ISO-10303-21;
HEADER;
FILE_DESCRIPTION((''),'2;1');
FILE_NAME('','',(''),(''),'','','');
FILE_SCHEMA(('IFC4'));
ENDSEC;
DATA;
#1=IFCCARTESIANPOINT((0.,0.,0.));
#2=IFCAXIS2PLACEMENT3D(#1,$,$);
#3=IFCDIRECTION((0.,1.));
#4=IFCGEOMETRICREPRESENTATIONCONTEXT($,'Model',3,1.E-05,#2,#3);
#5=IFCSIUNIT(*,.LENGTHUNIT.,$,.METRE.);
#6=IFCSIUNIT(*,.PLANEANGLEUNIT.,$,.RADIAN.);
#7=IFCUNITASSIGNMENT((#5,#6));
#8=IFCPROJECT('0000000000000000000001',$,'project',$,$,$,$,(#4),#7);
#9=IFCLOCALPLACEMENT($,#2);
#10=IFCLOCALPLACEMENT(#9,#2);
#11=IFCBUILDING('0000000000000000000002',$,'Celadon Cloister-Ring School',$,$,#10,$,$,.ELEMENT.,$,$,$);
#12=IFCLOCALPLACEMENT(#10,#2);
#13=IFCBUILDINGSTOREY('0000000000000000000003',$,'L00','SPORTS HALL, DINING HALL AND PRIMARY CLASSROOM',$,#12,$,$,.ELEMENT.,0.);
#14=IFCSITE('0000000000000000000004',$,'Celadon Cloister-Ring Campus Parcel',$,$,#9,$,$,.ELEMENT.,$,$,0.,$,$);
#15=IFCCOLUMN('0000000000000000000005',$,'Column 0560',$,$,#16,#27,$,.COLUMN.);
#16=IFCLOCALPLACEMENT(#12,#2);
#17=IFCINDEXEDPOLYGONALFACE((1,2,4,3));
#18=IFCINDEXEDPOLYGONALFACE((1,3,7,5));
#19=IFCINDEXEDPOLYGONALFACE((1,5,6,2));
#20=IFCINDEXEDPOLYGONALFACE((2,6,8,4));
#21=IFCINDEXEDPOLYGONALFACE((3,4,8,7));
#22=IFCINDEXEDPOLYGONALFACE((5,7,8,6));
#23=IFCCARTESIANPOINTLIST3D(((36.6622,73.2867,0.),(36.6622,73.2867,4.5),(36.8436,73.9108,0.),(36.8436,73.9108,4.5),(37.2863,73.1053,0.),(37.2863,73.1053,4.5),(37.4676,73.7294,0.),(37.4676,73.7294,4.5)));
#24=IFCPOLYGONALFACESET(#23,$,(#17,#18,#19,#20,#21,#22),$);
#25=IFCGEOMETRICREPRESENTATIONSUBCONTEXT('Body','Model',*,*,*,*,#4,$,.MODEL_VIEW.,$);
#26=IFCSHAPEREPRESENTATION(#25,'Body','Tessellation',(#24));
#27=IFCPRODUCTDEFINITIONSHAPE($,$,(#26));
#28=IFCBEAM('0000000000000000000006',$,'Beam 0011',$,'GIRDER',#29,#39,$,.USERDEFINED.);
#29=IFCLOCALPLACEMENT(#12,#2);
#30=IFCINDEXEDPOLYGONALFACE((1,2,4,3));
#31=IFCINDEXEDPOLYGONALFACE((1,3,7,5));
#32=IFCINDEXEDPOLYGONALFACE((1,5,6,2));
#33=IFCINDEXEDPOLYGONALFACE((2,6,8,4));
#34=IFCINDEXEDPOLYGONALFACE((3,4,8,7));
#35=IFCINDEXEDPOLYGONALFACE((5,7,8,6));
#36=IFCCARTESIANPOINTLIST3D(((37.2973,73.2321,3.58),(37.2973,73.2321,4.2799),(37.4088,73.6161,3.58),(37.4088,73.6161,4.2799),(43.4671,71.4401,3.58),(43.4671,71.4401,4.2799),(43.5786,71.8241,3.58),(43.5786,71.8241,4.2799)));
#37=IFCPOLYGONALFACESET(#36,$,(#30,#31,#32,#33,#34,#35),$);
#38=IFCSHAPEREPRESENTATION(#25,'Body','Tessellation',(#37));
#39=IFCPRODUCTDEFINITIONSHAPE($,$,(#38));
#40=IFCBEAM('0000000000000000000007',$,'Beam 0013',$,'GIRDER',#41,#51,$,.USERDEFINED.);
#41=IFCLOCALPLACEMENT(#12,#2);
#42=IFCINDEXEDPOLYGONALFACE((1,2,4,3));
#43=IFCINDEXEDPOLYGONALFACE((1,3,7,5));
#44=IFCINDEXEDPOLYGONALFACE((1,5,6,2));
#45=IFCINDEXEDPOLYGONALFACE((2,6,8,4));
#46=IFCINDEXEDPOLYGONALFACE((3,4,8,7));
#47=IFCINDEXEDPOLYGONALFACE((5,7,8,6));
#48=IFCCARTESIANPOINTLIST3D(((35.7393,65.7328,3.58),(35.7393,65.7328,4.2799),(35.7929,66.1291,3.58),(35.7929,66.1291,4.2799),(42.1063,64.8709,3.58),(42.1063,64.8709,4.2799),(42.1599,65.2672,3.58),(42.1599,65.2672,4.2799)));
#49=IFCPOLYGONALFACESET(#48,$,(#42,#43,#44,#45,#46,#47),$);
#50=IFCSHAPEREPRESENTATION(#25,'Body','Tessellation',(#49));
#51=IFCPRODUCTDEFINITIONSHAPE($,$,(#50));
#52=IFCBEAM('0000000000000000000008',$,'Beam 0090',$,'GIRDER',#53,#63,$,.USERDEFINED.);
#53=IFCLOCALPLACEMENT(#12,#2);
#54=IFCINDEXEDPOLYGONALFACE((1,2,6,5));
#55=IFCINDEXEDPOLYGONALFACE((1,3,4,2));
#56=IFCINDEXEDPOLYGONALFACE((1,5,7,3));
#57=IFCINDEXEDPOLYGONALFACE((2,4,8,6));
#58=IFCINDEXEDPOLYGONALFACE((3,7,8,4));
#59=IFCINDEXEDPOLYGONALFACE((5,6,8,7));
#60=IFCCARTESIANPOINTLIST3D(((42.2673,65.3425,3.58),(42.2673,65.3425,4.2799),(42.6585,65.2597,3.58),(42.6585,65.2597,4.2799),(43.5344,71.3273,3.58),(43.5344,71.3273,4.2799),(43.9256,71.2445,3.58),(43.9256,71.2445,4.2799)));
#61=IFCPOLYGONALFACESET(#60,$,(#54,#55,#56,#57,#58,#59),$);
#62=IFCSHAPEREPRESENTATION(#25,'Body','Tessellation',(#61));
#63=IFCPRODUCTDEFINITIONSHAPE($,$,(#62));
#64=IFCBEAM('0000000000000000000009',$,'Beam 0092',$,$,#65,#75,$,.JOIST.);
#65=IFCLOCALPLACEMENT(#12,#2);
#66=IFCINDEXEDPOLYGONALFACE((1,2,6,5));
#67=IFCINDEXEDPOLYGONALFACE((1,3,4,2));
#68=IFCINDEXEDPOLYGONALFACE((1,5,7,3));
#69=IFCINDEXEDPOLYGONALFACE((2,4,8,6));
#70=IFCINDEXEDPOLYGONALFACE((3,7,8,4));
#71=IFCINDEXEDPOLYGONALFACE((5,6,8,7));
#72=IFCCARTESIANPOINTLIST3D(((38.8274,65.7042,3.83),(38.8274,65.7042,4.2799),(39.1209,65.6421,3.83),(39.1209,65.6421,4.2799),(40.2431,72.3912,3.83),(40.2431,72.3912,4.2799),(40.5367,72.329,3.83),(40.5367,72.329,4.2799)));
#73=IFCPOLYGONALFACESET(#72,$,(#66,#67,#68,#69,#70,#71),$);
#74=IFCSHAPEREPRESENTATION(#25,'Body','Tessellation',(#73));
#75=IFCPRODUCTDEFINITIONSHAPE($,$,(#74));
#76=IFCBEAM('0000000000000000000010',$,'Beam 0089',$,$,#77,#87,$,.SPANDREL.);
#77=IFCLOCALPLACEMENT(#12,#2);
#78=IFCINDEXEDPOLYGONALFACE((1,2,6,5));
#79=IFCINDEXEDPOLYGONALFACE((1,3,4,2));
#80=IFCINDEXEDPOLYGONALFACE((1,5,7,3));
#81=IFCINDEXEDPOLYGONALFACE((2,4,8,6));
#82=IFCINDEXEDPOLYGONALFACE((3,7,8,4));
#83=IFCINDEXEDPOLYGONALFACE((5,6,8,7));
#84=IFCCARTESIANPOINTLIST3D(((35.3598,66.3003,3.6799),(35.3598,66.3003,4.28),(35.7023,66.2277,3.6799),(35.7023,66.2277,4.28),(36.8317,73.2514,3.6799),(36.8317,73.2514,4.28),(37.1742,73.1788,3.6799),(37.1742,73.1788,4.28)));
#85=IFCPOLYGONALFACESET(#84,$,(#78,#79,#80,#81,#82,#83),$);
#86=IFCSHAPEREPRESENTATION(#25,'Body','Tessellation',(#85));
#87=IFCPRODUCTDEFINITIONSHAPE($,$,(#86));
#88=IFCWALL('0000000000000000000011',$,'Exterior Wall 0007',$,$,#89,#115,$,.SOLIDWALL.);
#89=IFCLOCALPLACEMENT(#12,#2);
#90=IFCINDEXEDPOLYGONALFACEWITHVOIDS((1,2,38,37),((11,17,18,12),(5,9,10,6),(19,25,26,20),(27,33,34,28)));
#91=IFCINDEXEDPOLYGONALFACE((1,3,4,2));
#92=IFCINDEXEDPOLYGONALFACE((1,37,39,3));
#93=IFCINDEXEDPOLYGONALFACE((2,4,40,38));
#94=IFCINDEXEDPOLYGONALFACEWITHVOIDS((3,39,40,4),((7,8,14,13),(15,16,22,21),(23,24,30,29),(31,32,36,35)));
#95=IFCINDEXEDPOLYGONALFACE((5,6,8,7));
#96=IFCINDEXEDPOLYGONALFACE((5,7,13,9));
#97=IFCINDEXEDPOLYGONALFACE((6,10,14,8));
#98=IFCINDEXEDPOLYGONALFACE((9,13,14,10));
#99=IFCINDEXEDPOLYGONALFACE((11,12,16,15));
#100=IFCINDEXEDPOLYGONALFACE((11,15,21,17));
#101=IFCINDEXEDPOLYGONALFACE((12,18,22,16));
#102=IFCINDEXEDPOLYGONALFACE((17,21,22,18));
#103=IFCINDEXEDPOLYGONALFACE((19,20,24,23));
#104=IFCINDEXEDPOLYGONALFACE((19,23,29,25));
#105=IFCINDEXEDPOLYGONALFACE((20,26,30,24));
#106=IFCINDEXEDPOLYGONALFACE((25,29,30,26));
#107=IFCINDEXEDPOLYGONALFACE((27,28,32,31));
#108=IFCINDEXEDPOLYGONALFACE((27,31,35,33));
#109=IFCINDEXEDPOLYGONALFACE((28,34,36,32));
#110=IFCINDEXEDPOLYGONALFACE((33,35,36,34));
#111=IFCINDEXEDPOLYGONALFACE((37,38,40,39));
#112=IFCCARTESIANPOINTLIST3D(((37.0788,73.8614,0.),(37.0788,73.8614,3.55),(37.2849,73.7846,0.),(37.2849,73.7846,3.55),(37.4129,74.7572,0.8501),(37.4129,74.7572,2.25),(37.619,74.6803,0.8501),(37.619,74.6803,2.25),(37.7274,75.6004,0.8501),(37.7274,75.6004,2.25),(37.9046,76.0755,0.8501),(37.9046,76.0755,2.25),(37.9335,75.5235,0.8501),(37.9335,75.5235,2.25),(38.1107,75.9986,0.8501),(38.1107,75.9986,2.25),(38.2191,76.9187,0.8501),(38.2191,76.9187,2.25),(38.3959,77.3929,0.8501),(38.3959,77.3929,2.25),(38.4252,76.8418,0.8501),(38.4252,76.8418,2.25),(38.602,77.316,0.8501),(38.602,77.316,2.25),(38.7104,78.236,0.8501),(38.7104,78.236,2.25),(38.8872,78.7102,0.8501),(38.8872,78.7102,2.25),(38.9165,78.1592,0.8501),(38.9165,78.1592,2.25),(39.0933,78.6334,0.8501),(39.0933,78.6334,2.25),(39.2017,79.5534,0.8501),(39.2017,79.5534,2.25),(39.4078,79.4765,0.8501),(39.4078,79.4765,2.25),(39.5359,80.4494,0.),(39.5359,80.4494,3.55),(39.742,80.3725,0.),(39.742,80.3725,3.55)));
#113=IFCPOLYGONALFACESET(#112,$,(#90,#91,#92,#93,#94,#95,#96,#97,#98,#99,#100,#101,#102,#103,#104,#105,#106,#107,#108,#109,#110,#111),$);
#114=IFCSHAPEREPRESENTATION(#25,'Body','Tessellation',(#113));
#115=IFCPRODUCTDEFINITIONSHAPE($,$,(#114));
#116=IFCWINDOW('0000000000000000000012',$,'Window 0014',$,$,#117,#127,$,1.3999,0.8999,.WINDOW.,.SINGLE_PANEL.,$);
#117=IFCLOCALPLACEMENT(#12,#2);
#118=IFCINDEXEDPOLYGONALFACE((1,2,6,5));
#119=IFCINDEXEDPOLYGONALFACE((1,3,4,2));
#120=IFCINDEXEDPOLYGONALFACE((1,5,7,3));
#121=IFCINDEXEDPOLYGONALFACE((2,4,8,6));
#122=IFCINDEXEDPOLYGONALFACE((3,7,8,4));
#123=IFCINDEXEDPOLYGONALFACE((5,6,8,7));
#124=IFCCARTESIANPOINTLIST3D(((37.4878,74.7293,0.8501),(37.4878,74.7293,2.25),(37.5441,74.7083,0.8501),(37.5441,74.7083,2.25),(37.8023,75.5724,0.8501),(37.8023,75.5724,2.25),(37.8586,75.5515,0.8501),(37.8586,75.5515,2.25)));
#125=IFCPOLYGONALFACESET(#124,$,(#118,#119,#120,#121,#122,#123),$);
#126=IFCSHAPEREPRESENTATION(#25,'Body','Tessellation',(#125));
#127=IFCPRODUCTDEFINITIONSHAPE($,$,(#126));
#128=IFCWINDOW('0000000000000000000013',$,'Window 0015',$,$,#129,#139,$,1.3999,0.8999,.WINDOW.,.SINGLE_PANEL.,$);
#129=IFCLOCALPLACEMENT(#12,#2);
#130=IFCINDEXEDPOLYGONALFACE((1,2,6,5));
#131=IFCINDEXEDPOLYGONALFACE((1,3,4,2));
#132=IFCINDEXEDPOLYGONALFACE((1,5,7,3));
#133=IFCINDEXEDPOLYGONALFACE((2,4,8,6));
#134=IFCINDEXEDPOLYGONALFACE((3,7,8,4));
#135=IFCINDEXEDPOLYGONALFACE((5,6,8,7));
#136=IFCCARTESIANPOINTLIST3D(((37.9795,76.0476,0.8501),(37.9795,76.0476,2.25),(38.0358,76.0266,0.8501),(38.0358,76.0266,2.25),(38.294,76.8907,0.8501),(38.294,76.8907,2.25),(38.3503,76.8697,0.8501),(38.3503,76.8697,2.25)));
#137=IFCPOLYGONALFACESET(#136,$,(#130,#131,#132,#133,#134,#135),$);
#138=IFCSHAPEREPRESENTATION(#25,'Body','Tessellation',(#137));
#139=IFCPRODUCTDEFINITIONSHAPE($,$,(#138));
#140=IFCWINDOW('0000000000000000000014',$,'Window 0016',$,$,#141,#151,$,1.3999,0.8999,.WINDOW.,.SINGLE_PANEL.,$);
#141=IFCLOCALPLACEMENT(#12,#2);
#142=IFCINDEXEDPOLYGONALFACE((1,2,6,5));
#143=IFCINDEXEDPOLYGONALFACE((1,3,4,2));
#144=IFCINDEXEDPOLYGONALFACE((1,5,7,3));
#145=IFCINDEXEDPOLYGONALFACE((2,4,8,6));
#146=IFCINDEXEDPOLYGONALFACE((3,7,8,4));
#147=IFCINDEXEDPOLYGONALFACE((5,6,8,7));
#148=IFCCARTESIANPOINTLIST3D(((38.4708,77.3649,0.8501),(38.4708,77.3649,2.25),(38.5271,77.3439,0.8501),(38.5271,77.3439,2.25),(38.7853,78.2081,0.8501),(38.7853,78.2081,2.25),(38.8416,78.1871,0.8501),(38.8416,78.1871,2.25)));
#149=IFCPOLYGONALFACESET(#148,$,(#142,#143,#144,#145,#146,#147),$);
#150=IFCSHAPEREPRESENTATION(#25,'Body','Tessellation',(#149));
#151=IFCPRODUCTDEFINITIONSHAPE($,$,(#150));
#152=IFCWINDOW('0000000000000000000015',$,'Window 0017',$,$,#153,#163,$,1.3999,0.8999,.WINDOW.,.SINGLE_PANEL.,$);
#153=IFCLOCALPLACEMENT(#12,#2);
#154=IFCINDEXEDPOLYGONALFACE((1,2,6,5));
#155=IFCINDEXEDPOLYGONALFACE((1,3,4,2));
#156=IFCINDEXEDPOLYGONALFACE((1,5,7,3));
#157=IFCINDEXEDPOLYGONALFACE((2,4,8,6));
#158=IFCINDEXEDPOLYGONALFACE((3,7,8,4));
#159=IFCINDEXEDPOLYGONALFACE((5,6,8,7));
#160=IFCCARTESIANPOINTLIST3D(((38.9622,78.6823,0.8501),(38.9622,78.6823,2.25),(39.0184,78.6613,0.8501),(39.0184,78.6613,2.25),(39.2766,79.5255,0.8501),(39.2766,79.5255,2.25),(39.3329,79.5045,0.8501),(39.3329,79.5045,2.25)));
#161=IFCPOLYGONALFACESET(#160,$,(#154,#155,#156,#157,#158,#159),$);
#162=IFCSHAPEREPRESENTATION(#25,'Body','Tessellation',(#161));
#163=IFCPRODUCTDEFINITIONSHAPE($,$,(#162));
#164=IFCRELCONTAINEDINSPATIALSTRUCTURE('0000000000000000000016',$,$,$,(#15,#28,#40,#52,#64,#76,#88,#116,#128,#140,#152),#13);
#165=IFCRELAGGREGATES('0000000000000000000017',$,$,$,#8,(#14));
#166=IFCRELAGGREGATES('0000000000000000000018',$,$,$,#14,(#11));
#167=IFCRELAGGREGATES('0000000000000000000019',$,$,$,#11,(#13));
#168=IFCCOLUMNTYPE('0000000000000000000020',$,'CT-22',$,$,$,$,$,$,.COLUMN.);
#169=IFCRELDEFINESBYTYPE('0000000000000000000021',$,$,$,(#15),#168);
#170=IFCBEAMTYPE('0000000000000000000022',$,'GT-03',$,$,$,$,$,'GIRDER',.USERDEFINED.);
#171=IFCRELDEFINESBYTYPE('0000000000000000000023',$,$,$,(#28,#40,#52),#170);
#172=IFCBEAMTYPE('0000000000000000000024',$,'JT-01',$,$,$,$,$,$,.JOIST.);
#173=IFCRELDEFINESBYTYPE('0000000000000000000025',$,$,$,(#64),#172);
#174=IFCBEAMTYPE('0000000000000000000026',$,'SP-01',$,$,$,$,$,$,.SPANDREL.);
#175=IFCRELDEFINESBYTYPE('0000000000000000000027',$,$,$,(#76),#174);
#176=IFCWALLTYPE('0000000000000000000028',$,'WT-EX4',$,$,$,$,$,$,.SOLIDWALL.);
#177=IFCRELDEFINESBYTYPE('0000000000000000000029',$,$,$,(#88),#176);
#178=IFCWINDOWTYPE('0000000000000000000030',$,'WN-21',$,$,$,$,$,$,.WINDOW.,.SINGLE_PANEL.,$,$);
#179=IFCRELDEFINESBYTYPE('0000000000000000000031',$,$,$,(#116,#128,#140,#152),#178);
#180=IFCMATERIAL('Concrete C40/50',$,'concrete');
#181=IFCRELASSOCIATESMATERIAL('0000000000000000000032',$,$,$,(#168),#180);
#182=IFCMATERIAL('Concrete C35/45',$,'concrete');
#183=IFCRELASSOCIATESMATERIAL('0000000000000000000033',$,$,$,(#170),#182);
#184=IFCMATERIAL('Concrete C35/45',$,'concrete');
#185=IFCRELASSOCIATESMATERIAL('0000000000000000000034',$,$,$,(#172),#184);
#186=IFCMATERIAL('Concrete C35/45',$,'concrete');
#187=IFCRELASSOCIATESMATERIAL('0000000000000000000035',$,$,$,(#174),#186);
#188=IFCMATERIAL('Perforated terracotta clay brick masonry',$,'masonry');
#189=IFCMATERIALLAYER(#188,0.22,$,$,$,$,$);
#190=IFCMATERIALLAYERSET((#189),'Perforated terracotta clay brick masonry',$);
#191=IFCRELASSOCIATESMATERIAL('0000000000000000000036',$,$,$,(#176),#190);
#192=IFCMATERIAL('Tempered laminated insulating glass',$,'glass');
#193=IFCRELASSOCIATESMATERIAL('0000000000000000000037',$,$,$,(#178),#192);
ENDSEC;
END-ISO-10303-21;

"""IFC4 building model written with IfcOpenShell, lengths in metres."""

from ifc_helpers import new_model, si_unit, direction, frame, frame_2d, origin, origin_2d, place, context, subcontext, project, spatial, rectangle, extrude, material, layer, layer_set, material_profile, profile_set, type_object, element, fill, save


model = new_model("IFC4")

# Units and contexts
model_context = context("Model", 3, precision=1e-05, world=origin(), true_north=direction((0.0, 1.0)))
body_context = subcontext(model_context, "Body", "Model", "MODEL_VIEW")
ifc_project = project(units=[si_unit("LENGTHUNIT", "METRE"), si_unit("PLANEANGLEUNIT", "RADIAN")], contexts=[model_context])

# Site, building, storey
site_placement = place(None, origin())
site = spatial("IfcSite", under=ifc_project, at=site_placement, Name="Celadon Cloister-Ring Campus Parcel", CompositionType="ELEMENT", RefElevation=0.0)
building_placement = place(site_placement, origin())
building = spatial("IfcBuilding", under=site, at=building_placement, Name="Celadon Cloister-Ring School", CompositionType="ELEMENT")
storey_placement = place(building_placement, origin())
storey = spatial("IfcBuildingStorey", under=building, at=storey_placement, Name="L00", Description="SPORTS HALL, DINING HALL AND PRIMARY CLASSROOM", CompositionType="ELEMENT", Elevation=0.0)

# Column
ifc_material_1 = material(Name="Concrete C40/50", Category="concrete")
ifc_material_profile_1 = material_profile(ifc_material_1, rectangle(XDim=0.6499, YDim=0.6499, at=origin_2d()), Name="RC650X650")
ifc_profile_set_1 = profile_set([ifc_material_profile_1], Name="Concrete C40/50")
column_type = type_object("IfcColumnType", Name="CT-22", PredefinedType="COLUMN", material=ifc_profile_set_1)
column_placement = place(storey_placement, frame((37.0649, 73.5081, 0.0), z_axis=(0.0, 0.0, 1.0), x_axis=(-0.960294, 0.278991, 0.0)))
element("IfcColumn", 1, at=column_placement, inside=storey, type_object=column_type, Name="Column 0560", PredefinedType="COLUMN", context=body_context, shape_type="SweptSolid", body=[
    extrude(rectangle(XDim=0.6499, YDim=0.6499, at=origin_2d()), origin(), (0.0, 0.0, 1.0), 4.5),
])

# Beams
ifc_material_2 = material(Name="Concrete C35/45", Category="concrete")
ifc_material_profile_2 = material_profile(ifc_material_2, rectangle(XDim=0.3999, YDim=0.7, at=origin_2d()), Name="RC400X700")
ifc_profile_set_2 = profile_set([ifc_material_profile_2], Name="Concrete C35/45")
beam_type_1 = type_object("IfcBeamType", Name="GT-03", ElementType="GIRDER", PredefinedType="USERDEFINED", material=ifc_profile_set_2)
beam_1_placement = place(storey_placement, frame((37.353, 73.4241, 3.9299), z_axis=(0.960316, -0.278914, 0.0), x_axis=(0.278914, 0.960316, 0.0)))
element("IfcBeam", 2, at=beam_1_placement, inside=storey, type_object=beam_type_1, Name="Beam 0011", ObjectType="GIRDER", PredefinedType="USERDEFINED", context=body_context, shape_type="SweptSolid", body=[
    extrude(rectangle(XDim=0.3999, YDim=0.7, at=origin_2d()), origin(), (0.0, 0.0, 1.0), 6.4248),
])
beam_2_placement = place(storey_placement, frame((35.7661, 65.9309, 3.9299), z_axis=(0.990963, -0.134135, 0.0), x_axis=(0.134135, 0.990963, 0.0)))
element("IfcBeam", 3, at=beam_2_placement, inside=storey, type_object=beam_type_1, Name="Beam 0013", ObjectType="GIRDER", PredefinedType="USERDEFINED", context=body_context, shape_type="SweptSolid", body=[
    extrude(rectangle(XDim=0.3999, YDim=0.7, at=origin_2d()), origin(), (0.0, 0.0, 1.0), 6.425),
])
beam_3_placement = place(storey_placement, frame((43.73, 71.2859, 3.9299), z_axis=(-0.207125, -0.978315, 0.0), x_axis=(0.978315, -0.207125, 0.0)))
element("IfcBeam", 4, at=beam_3_placement, inside=storey, type_object=beam_type_1, Name="Beam 0090", ObjectType="GIRDER", PredefinedType="USERDEFINED", context=body_context, shape_type="SweptSolid", body=[
    extrude(rectangle(XDim=0.3999, YDim=0.7, at=origin_2d()), origin(), (0.0, 0.0, 1.0), 6.1174),
])
ifc_material_3 = material(Name="Concrete C35/45", Category="concrete")
ifc_material_profile_3 = material_profile(ifc_material_3, rectangle(XDim=0.3, YDim=0.45, at=origin_2d()), Name="RC300X450")
ifc_profile_set_3 = profile_set([ifc_material_profile_3], Name="Concrete C35/45")
beam_type_2 = type_object("IfcBeamType", Name="JT-01", PredefinedType="JOIST", material=ifc_profile_set_3)
beam_4_placement = place(storey_placement, frame((40.3899, 72.3601, 4.0549), z_axis=(-0.207128, -0.978314, 0.0), x_axis=(0.978314, -0.207128, 0.0)))
element("IfcBeam", 5, at=beam_4_placement, inside=storey, type_object=beam_type_2, Name="Beam 0092", PredefinedType="JOIST", context=body_context, shape_type="SweptSolid", body=[
    extrude(rectangle(XDim=0.3, YDim=0.45, at=origin_2d()), origin(), (0.0, 0.0, 1.0), 6.8352),
])
ifc_material_4 = material(Name="Concrete C35/45", Category="concrete")
ifc_material_profile_4 = material_profile(ifc_material_4, rectangle(XDim=0.3501, YDim=0.6001, at=origin_2d()), Name="RC350X600")
ifc_profile_set_4 = profile_set([ifc_material_profile_4], Name="Concrete C35/45")
beam_type_3 = type_object("IfcBeamType", Name="SP-01", PredefinedType="SPANDREL", material=ifc_profile_set_4)
beam_5_placement = place(storey_placement, frame((37.0029, 73.2151, 3.98), z_axis=(-0.207158, -0.978307, 0.0), x_axis=(0.978307, -0.207158, 0.0)))
element("IfcBeam", 6, at=beam_5_placement, inside=storey, type_object=beam_type_3, Name="Beam 0089", PredefinedType="SPANDREL", context=body_context, shape_type="SweptSolid", body=[
    extrude(rectangle(XDim=0.3501, YDim=0.6001, at=origin_2d()), origin(), (0.0, 0.0, 1.0), 7.1052),
])

# Wall, openings, windows
ifc_material_5 = material(Name="Perforated terracotta clay brick masonry", Category="masonry")
ifc_layer_1 = layer(ifc_material_5, 0.22)
ifc_layer_set_1 = layer_set([ifc_layer_1], Name="Perforated terracotta clay brick masonry")
wall_type_1 = type_object("IfcWallType", Name="WT-EX4", PredefinedType="SOLIDWALL", material=ifc_layer_set_1)
wall_1_placement = place(storey_placement, frame((37.1819, 73.823, 0.0), z_axis=(0.0, 0.0, 1.0), x_axis=(0.349449, 0.936956, 0.0)))
wall_1 = element("IfcWall", 7, at=wall_1_placement, inside=storey, type_object=wall_type_1, Name="Exterior Wall 0007", PredefinedType="SOLIDWALL", context=body_context, shape_type="SweptSolid", body=[
    extrude(rectangle(XDim=7.0312, YDim=0.22, at=frame_2d((3.5156, 0.0))), origin(), (0.0, 0.0, 1.0), 3.55),
])
opening_1_placement = place(wall_1_placement, frame((0.9561, 0.0, 0.8501)))
opening_1 = element("IfcOpeningElement", 8, at=opening_1_placement, cuts=wall_1, PredefinedType="OPENING", context=body_context, shape_type="SweptSolid", body=[
    extrude(rectangle(XDim=0.8999, YDim=1.3999, at=frame_2d((0.45, 0.7))), frame((0.0, 0.1201, 0.0), z_axis=(0.0, -1.0, 0.0), x_axis=(1.0, 0.0, 0.0)), (0.0, 0.0, 1.0), 0.24),
])
opening_2_placement = place(wall_1_placement, frame((2.363, 0.0, 0.8501)))
opening_2 = element("IfcOpeningElement", 9, at=opening_2_placement, cuts=wall_1, PredefinedType="OPENING", context=body_context, shape_type="SweptSolid", body=[
    extrude(rectangle(XDim=0.8999, YDim=1.3999, at=frame_2d((0.45, 0.7))), frame((0.0, 0.1201, 0.0), z_axis=(0.0, -1.0, 0.0), x_axis=(1.0, 0.0, 0.0)), (0.0, 0.0, 1.0), 0.24),
])
opening_3_placement = place(wall_1_placement, frame((3.769, 0.0, 0.8501)))
opening_3 = element("IfcOpeningElement", 10, at=opening_3_placement, cuts=wall_1, PredefinedType="OPENING", context=body_context, shape_type="SweptSolid", body=[
    extrude(rectangle(XDim=0.8999, YDim=1.3999, at=frame_2d((0.45, 0.7))), frame((0.0, 0.1201, 0.0), z_axis=(0.0, -1.0, 0.0), x_axis=(1.0, 0.0, 0.0)), (0.0, 0.0, 1.0), 0.24),
])
opening_4_placement = place(wall_1_placement, frame((5.175, 0.0, 0.8501)))
opening_4 = element("IfcOpeningElement", 11, at=opening_4_placement, cuts=wall_1, PredefinedType="OPENING", context=body_context, shape_type="SweptSolid", body=[
    extrude(rectangle(XDim=0.8999, YDim=1.3999, at=frame_2d((0.45, 0.7))), frame((0.0, 0.1201, 0.0), z_axis=(0.0, -1.0, 0.0), x_axis=(1.0, 0.0, 0.0)), (0.0, 0.0, 1.0), 0.24),
])
ifc_material_6 = material(Name="Tempered laminated insulating glass", Category="glass")
window_type = type_object("IfcWindowType", Name="WN-21", PartitioningType="SINGLE_PANEL", PredefinedType="WINDOW", material=ifc_material_6)
window_1_placement = place(opening_1_placement, origin())
window_1 = element("IfcWindow", 12, at=window_1_placement, inside=storey, type_object=window_type, Name="Window 0014", OverallHeight=1.3999, OverallWidth=0.8999, PartitioningType="SINGLE_PANEL", PredefinedType="WINDOW", context=body_context, shape_type="SweptSolid", body=[
    extrude(rectangle(XDim=0.8999, YDim=1.3999, at=frame_2d((0.45, 0.7))), frame((0.0, 0.03, 0.0), z_axis=(0.0, -1.0, 0.0), x_axis=(1.0, 0.0, 0.0)), (0.0, 0.0, 1.0), 0.0601),
])
fill(opening_1, window_1)
window_2_placement = place(opening_2_placement, origin())
window_2 = element("IfcWindow", 13, at=window_2_placement, inside=storey, type_object=window_type, Name="Window 0015", OverallHeight=1.3999, OverallWidth=0.8999, PartitioningType="SINGLE_PANEL", PredefinedType="WINDOW", context=body_context, shape_type="SweptSolid", body=[
    extrude(rectangle(XDim=0.8999, YDim=1.3999, at=frame_2d((0.45, 0.7))), frame((0.0, 0.03, 0.0), z_axis=(0.0, -1.0, 0.0), x_axis=(1.0, 0.0, 0.0)), (0.0, 0.0, 1.0), 0.0601),
])
fill(opening_2, window_2)
window_3_placement = place(opening_3_placement, origin())
window_3 = element("IfcWindow", 14, at=window_3_placement, inside=storey, type_object=window_type, Name="Window 0016", OverallHeight=1.3999, OverallWidth=0.8999, PartitioningType="SINGLE_PANEL", PredefinedType="WINDOW", context=body_context, shape_type="SweptSolid", body=[
    extrude(rectangle(XDim=0.8999, YDim=1.3999, at=frame_2d((0.45, 0.7))), frame((0.0, 0.03, 0.0), z_axis=(0.0, -1.0, 0.0), x_axis=(1.0, 0.0, 0.0)), (0.0, 0.0, 1.0), 0.0601),
])
fill(opening_3, window_3)
window_4_placement = place(opening_4_placement, origin())
window_4 = element("IfcWindow", 15, at=window_4_placement, inside=storey, type_object=window_type, Name="Window 0017", OverallHeight=1.3999, OverallWidth=0.8999, PartitioningType="SINGLE_PANEL", PredefinedType="WINDOW", context=body_context, shape_type="SweptSolid", body=[
    extrude(rectangle(XDim=0.8999, YDim=1.3999, at=frame_2d((0.45, 0.7))), frame((0.0, 0.03, 0.0), z_axis=(0.0, -1.0, 0.0), x_axis=(1.0, 0.0, 0.0)), (0.0, 0.0, 1.0), 0.0601),
])
fill(opening_4, window_4)

save(model, "model.ifc")
